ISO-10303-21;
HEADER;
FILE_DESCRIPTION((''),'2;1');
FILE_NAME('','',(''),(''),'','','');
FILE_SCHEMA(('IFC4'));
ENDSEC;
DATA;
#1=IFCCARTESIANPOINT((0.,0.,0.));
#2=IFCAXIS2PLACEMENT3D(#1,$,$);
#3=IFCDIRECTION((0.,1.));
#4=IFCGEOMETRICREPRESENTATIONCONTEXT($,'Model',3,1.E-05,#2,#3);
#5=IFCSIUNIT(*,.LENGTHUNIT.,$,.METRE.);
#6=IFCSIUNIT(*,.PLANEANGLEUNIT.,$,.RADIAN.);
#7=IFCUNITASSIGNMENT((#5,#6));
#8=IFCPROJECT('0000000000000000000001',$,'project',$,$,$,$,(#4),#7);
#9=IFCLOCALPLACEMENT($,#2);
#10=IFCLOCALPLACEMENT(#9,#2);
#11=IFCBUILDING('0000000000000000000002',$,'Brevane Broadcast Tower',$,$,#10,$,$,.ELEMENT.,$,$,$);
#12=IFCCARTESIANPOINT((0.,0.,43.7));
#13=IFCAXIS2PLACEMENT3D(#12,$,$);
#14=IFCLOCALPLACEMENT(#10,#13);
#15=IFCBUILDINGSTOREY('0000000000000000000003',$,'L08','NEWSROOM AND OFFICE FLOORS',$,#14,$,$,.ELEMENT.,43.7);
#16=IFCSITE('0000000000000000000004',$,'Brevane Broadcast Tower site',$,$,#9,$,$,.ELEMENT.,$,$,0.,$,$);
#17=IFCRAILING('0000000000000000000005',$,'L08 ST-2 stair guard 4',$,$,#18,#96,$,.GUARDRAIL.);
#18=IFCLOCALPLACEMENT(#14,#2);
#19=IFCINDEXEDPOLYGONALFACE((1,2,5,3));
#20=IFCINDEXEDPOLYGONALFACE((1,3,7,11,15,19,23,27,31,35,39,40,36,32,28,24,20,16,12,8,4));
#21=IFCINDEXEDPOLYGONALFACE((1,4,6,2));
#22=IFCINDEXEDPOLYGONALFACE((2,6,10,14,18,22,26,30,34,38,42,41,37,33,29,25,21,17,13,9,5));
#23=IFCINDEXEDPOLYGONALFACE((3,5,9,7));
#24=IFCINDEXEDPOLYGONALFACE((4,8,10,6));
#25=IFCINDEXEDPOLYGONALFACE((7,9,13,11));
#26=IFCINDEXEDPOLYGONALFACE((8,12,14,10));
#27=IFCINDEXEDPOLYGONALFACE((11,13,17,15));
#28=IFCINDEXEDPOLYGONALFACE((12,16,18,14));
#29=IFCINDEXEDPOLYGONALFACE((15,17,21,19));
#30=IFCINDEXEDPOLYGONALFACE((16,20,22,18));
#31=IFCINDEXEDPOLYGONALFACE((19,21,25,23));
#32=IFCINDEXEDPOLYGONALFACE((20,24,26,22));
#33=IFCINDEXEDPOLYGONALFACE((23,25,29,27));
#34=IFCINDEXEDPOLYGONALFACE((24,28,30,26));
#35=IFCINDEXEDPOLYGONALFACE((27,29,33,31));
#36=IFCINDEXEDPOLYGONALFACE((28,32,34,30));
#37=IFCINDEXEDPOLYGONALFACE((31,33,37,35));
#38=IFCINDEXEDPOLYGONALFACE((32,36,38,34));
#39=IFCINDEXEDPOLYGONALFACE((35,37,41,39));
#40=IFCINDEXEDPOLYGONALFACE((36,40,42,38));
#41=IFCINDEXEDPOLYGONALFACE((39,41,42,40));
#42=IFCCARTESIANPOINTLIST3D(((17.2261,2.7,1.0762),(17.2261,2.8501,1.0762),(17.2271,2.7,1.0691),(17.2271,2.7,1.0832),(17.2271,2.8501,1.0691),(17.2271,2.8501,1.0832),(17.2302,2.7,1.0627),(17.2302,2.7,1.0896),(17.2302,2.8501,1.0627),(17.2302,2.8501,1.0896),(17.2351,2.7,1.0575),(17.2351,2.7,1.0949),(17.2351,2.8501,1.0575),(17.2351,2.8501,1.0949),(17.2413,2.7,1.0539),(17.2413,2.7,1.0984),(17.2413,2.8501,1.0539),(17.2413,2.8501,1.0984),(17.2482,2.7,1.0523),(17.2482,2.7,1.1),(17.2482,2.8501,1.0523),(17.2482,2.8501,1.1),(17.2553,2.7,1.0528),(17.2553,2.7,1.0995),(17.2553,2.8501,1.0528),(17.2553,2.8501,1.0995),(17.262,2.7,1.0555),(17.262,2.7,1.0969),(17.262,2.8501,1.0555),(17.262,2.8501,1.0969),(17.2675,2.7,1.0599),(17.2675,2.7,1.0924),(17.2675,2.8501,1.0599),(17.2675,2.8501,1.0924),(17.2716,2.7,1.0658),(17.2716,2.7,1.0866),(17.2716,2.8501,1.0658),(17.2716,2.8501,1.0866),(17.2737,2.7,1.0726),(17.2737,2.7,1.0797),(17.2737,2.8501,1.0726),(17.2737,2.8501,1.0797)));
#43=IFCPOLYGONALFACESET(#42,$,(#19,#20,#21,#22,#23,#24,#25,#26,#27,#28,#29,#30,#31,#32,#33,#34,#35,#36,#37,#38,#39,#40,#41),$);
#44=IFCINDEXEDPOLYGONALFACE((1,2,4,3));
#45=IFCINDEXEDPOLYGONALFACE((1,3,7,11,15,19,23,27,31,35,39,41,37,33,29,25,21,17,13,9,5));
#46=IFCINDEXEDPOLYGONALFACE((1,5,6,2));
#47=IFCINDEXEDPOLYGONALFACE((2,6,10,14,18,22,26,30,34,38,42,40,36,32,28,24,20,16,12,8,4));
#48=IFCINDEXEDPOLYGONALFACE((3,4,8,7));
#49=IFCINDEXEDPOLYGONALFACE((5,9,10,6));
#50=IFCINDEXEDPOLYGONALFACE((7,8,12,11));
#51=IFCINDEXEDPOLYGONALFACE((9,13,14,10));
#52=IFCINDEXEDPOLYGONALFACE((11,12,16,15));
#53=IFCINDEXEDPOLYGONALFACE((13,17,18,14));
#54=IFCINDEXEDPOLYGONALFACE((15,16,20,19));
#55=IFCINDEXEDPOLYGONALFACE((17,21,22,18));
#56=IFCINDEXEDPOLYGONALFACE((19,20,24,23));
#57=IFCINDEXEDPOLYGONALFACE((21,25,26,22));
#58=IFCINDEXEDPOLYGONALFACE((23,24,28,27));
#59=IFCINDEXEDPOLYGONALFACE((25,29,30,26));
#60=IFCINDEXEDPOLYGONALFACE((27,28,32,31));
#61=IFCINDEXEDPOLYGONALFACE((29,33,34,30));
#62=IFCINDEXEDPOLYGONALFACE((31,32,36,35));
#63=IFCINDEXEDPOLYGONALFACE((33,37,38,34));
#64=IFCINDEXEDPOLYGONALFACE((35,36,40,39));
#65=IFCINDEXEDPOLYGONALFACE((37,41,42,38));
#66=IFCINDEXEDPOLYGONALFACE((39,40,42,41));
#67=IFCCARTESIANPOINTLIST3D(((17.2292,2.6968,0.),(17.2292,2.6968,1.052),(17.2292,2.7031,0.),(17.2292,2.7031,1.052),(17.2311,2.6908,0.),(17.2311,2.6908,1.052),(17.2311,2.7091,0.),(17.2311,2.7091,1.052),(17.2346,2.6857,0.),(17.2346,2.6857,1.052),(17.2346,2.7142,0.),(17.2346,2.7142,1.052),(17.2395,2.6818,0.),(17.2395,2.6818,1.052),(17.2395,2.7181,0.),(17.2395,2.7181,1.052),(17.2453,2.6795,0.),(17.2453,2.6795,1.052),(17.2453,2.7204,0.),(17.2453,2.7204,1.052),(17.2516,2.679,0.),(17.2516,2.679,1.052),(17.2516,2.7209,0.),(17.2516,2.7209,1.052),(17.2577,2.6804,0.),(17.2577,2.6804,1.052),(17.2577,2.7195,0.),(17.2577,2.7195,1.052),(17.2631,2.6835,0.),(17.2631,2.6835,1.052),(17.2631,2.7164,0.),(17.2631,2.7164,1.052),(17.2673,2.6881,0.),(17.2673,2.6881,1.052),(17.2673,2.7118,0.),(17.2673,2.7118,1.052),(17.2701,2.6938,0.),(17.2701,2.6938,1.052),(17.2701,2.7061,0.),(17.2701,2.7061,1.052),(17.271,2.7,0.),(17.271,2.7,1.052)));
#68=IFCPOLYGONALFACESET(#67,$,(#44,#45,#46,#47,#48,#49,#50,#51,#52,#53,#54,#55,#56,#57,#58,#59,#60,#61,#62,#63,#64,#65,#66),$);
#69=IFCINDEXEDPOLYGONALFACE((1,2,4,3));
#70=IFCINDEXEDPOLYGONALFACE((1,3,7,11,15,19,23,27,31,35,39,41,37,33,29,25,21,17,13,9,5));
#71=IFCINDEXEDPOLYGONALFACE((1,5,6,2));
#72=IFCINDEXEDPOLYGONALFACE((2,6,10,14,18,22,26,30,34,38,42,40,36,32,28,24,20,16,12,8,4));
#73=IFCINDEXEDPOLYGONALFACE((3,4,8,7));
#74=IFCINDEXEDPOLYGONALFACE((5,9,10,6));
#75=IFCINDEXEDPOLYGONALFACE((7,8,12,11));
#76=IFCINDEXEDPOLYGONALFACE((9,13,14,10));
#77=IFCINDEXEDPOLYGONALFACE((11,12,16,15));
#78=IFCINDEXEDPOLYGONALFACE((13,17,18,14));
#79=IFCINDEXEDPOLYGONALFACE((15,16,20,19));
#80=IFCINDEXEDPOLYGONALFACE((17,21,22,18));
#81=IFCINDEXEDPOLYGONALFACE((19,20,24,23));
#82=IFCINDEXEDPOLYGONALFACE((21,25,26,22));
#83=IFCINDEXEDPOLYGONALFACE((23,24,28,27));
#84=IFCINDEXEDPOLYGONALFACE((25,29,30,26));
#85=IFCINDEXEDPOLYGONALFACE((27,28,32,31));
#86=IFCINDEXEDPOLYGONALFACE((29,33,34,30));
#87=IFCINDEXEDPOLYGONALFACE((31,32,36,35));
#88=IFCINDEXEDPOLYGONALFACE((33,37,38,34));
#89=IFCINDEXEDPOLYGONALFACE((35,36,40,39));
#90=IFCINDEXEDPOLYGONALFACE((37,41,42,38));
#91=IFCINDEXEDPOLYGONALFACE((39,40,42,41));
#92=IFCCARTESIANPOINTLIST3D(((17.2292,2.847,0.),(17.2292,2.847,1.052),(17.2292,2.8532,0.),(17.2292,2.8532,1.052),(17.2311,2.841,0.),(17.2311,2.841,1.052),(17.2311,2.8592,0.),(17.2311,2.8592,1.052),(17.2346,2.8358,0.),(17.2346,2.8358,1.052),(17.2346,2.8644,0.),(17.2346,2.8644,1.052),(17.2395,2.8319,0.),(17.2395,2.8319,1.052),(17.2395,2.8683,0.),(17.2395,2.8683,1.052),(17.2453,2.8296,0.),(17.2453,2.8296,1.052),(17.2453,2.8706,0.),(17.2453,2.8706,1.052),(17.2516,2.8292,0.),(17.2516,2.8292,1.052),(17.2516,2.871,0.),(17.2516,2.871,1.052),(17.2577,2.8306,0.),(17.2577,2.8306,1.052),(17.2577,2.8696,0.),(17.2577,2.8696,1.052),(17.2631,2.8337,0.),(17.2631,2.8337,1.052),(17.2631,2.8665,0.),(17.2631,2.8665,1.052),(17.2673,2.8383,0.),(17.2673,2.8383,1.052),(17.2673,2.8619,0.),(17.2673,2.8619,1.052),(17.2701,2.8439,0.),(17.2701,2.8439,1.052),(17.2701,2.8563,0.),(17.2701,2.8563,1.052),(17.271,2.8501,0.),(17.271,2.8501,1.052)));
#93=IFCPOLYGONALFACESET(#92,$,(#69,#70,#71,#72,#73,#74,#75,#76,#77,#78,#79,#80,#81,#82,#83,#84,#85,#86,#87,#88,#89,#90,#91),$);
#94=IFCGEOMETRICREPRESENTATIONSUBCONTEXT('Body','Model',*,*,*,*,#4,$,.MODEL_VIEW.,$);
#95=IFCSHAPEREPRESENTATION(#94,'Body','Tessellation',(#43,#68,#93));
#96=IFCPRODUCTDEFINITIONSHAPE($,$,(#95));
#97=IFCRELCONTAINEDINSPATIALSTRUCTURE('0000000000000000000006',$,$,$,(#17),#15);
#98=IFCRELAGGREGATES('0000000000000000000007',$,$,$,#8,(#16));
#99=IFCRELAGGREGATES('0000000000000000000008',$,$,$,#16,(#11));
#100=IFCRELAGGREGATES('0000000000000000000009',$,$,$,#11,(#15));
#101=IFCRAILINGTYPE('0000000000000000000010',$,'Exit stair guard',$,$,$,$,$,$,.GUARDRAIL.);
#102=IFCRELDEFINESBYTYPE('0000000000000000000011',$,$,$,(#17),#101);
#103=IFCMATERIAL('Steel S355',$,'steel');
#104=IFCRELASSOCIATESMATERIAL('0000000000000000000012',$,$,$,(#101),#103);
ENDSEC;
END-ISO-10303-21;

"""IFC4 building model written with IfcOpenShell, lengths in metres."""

from ifc_helpers import new_model, si_unit, direction, frame, origin, origin_2d, place, context, subcontext, project, spatial, circle, extrude, material, type_object, element, save


model = new_model("IFC4")

# Units and contexts
model_context = context("Model", 3, precision=1e-05, world=origin(), true_north=direction((0.0, 1.0)))
body_context = subcontext(model_context, "Body", "Model", "MODEL_VIEW")
ifc_project = project(units=[si_unit("LENGTHUNIT", "METRE"), si_unit("PLANEANGLEUNIT", "RADIAN")], contexts=[model_context])

# Site, building, storey
site_placement = place(None, origin())
site = spatial("IfcSite", under=ifc_project, at=site_placement, Name="Brevane Broadcast Tower site", CompositionType="ELEMENT", RefElevation=0.0)
building_placement = place(site_placement, origin())
building = spatial("IfcBuilding", under=site, at=building_placement, Name="Brevane Broadcast Tower", CompositionType="ELEMENT")
storey_placement = place(building_placement, frame((0.0, 0.0, 43.7)))
storey = spatial("IfcBuildingStorey", under=building, at=storey_placement, Name="L08", Description="NEWSROOM AND OFFICE FLOORS", CompositionType="ELEMENT", Elevation=43.7)

# Railing
ifc_material_1 = material(Name="Steel S355", Category="steel")
railing_type_1 = type_object("IfcRailingType", Name="Exit stair guard", PredefinedType="GUARDRAIL", material=ifc_material_1)
railing_1_placement = place(storey_placement, frame((17.25, 2.7, 0.0)))
element("IfcRailing", 1, at=railing_1_placement, inside=storey, type_object=railing_type_1, Name="L08 ST-2 stair guard 4", PredefinedType="GUARDRAIL", context=body_context, shape_type="SweptSolid", body=[
    extrude(circle(Radius=0.0239, at=origin_2d()), frame((0.0, 0.0, 1.0762), z_axis=(0.0, 1.0, 0.0), x_axis=(-1.0, 0.0, 0.0)), (0.0, 0.0, 1.0), 0.1501),
    extrude(circle(Radius=0.021, at=origin_2d()), origin(), (0.0, 0.0, 1.0), 1.052),
    extrude(circle(Radius=0.021, at=origin_2d()), frame((0.0, 0.1501, 0.0)), (0.0, 0.0, 1.0), 1.052),
])

save(model, "model.ifc")
